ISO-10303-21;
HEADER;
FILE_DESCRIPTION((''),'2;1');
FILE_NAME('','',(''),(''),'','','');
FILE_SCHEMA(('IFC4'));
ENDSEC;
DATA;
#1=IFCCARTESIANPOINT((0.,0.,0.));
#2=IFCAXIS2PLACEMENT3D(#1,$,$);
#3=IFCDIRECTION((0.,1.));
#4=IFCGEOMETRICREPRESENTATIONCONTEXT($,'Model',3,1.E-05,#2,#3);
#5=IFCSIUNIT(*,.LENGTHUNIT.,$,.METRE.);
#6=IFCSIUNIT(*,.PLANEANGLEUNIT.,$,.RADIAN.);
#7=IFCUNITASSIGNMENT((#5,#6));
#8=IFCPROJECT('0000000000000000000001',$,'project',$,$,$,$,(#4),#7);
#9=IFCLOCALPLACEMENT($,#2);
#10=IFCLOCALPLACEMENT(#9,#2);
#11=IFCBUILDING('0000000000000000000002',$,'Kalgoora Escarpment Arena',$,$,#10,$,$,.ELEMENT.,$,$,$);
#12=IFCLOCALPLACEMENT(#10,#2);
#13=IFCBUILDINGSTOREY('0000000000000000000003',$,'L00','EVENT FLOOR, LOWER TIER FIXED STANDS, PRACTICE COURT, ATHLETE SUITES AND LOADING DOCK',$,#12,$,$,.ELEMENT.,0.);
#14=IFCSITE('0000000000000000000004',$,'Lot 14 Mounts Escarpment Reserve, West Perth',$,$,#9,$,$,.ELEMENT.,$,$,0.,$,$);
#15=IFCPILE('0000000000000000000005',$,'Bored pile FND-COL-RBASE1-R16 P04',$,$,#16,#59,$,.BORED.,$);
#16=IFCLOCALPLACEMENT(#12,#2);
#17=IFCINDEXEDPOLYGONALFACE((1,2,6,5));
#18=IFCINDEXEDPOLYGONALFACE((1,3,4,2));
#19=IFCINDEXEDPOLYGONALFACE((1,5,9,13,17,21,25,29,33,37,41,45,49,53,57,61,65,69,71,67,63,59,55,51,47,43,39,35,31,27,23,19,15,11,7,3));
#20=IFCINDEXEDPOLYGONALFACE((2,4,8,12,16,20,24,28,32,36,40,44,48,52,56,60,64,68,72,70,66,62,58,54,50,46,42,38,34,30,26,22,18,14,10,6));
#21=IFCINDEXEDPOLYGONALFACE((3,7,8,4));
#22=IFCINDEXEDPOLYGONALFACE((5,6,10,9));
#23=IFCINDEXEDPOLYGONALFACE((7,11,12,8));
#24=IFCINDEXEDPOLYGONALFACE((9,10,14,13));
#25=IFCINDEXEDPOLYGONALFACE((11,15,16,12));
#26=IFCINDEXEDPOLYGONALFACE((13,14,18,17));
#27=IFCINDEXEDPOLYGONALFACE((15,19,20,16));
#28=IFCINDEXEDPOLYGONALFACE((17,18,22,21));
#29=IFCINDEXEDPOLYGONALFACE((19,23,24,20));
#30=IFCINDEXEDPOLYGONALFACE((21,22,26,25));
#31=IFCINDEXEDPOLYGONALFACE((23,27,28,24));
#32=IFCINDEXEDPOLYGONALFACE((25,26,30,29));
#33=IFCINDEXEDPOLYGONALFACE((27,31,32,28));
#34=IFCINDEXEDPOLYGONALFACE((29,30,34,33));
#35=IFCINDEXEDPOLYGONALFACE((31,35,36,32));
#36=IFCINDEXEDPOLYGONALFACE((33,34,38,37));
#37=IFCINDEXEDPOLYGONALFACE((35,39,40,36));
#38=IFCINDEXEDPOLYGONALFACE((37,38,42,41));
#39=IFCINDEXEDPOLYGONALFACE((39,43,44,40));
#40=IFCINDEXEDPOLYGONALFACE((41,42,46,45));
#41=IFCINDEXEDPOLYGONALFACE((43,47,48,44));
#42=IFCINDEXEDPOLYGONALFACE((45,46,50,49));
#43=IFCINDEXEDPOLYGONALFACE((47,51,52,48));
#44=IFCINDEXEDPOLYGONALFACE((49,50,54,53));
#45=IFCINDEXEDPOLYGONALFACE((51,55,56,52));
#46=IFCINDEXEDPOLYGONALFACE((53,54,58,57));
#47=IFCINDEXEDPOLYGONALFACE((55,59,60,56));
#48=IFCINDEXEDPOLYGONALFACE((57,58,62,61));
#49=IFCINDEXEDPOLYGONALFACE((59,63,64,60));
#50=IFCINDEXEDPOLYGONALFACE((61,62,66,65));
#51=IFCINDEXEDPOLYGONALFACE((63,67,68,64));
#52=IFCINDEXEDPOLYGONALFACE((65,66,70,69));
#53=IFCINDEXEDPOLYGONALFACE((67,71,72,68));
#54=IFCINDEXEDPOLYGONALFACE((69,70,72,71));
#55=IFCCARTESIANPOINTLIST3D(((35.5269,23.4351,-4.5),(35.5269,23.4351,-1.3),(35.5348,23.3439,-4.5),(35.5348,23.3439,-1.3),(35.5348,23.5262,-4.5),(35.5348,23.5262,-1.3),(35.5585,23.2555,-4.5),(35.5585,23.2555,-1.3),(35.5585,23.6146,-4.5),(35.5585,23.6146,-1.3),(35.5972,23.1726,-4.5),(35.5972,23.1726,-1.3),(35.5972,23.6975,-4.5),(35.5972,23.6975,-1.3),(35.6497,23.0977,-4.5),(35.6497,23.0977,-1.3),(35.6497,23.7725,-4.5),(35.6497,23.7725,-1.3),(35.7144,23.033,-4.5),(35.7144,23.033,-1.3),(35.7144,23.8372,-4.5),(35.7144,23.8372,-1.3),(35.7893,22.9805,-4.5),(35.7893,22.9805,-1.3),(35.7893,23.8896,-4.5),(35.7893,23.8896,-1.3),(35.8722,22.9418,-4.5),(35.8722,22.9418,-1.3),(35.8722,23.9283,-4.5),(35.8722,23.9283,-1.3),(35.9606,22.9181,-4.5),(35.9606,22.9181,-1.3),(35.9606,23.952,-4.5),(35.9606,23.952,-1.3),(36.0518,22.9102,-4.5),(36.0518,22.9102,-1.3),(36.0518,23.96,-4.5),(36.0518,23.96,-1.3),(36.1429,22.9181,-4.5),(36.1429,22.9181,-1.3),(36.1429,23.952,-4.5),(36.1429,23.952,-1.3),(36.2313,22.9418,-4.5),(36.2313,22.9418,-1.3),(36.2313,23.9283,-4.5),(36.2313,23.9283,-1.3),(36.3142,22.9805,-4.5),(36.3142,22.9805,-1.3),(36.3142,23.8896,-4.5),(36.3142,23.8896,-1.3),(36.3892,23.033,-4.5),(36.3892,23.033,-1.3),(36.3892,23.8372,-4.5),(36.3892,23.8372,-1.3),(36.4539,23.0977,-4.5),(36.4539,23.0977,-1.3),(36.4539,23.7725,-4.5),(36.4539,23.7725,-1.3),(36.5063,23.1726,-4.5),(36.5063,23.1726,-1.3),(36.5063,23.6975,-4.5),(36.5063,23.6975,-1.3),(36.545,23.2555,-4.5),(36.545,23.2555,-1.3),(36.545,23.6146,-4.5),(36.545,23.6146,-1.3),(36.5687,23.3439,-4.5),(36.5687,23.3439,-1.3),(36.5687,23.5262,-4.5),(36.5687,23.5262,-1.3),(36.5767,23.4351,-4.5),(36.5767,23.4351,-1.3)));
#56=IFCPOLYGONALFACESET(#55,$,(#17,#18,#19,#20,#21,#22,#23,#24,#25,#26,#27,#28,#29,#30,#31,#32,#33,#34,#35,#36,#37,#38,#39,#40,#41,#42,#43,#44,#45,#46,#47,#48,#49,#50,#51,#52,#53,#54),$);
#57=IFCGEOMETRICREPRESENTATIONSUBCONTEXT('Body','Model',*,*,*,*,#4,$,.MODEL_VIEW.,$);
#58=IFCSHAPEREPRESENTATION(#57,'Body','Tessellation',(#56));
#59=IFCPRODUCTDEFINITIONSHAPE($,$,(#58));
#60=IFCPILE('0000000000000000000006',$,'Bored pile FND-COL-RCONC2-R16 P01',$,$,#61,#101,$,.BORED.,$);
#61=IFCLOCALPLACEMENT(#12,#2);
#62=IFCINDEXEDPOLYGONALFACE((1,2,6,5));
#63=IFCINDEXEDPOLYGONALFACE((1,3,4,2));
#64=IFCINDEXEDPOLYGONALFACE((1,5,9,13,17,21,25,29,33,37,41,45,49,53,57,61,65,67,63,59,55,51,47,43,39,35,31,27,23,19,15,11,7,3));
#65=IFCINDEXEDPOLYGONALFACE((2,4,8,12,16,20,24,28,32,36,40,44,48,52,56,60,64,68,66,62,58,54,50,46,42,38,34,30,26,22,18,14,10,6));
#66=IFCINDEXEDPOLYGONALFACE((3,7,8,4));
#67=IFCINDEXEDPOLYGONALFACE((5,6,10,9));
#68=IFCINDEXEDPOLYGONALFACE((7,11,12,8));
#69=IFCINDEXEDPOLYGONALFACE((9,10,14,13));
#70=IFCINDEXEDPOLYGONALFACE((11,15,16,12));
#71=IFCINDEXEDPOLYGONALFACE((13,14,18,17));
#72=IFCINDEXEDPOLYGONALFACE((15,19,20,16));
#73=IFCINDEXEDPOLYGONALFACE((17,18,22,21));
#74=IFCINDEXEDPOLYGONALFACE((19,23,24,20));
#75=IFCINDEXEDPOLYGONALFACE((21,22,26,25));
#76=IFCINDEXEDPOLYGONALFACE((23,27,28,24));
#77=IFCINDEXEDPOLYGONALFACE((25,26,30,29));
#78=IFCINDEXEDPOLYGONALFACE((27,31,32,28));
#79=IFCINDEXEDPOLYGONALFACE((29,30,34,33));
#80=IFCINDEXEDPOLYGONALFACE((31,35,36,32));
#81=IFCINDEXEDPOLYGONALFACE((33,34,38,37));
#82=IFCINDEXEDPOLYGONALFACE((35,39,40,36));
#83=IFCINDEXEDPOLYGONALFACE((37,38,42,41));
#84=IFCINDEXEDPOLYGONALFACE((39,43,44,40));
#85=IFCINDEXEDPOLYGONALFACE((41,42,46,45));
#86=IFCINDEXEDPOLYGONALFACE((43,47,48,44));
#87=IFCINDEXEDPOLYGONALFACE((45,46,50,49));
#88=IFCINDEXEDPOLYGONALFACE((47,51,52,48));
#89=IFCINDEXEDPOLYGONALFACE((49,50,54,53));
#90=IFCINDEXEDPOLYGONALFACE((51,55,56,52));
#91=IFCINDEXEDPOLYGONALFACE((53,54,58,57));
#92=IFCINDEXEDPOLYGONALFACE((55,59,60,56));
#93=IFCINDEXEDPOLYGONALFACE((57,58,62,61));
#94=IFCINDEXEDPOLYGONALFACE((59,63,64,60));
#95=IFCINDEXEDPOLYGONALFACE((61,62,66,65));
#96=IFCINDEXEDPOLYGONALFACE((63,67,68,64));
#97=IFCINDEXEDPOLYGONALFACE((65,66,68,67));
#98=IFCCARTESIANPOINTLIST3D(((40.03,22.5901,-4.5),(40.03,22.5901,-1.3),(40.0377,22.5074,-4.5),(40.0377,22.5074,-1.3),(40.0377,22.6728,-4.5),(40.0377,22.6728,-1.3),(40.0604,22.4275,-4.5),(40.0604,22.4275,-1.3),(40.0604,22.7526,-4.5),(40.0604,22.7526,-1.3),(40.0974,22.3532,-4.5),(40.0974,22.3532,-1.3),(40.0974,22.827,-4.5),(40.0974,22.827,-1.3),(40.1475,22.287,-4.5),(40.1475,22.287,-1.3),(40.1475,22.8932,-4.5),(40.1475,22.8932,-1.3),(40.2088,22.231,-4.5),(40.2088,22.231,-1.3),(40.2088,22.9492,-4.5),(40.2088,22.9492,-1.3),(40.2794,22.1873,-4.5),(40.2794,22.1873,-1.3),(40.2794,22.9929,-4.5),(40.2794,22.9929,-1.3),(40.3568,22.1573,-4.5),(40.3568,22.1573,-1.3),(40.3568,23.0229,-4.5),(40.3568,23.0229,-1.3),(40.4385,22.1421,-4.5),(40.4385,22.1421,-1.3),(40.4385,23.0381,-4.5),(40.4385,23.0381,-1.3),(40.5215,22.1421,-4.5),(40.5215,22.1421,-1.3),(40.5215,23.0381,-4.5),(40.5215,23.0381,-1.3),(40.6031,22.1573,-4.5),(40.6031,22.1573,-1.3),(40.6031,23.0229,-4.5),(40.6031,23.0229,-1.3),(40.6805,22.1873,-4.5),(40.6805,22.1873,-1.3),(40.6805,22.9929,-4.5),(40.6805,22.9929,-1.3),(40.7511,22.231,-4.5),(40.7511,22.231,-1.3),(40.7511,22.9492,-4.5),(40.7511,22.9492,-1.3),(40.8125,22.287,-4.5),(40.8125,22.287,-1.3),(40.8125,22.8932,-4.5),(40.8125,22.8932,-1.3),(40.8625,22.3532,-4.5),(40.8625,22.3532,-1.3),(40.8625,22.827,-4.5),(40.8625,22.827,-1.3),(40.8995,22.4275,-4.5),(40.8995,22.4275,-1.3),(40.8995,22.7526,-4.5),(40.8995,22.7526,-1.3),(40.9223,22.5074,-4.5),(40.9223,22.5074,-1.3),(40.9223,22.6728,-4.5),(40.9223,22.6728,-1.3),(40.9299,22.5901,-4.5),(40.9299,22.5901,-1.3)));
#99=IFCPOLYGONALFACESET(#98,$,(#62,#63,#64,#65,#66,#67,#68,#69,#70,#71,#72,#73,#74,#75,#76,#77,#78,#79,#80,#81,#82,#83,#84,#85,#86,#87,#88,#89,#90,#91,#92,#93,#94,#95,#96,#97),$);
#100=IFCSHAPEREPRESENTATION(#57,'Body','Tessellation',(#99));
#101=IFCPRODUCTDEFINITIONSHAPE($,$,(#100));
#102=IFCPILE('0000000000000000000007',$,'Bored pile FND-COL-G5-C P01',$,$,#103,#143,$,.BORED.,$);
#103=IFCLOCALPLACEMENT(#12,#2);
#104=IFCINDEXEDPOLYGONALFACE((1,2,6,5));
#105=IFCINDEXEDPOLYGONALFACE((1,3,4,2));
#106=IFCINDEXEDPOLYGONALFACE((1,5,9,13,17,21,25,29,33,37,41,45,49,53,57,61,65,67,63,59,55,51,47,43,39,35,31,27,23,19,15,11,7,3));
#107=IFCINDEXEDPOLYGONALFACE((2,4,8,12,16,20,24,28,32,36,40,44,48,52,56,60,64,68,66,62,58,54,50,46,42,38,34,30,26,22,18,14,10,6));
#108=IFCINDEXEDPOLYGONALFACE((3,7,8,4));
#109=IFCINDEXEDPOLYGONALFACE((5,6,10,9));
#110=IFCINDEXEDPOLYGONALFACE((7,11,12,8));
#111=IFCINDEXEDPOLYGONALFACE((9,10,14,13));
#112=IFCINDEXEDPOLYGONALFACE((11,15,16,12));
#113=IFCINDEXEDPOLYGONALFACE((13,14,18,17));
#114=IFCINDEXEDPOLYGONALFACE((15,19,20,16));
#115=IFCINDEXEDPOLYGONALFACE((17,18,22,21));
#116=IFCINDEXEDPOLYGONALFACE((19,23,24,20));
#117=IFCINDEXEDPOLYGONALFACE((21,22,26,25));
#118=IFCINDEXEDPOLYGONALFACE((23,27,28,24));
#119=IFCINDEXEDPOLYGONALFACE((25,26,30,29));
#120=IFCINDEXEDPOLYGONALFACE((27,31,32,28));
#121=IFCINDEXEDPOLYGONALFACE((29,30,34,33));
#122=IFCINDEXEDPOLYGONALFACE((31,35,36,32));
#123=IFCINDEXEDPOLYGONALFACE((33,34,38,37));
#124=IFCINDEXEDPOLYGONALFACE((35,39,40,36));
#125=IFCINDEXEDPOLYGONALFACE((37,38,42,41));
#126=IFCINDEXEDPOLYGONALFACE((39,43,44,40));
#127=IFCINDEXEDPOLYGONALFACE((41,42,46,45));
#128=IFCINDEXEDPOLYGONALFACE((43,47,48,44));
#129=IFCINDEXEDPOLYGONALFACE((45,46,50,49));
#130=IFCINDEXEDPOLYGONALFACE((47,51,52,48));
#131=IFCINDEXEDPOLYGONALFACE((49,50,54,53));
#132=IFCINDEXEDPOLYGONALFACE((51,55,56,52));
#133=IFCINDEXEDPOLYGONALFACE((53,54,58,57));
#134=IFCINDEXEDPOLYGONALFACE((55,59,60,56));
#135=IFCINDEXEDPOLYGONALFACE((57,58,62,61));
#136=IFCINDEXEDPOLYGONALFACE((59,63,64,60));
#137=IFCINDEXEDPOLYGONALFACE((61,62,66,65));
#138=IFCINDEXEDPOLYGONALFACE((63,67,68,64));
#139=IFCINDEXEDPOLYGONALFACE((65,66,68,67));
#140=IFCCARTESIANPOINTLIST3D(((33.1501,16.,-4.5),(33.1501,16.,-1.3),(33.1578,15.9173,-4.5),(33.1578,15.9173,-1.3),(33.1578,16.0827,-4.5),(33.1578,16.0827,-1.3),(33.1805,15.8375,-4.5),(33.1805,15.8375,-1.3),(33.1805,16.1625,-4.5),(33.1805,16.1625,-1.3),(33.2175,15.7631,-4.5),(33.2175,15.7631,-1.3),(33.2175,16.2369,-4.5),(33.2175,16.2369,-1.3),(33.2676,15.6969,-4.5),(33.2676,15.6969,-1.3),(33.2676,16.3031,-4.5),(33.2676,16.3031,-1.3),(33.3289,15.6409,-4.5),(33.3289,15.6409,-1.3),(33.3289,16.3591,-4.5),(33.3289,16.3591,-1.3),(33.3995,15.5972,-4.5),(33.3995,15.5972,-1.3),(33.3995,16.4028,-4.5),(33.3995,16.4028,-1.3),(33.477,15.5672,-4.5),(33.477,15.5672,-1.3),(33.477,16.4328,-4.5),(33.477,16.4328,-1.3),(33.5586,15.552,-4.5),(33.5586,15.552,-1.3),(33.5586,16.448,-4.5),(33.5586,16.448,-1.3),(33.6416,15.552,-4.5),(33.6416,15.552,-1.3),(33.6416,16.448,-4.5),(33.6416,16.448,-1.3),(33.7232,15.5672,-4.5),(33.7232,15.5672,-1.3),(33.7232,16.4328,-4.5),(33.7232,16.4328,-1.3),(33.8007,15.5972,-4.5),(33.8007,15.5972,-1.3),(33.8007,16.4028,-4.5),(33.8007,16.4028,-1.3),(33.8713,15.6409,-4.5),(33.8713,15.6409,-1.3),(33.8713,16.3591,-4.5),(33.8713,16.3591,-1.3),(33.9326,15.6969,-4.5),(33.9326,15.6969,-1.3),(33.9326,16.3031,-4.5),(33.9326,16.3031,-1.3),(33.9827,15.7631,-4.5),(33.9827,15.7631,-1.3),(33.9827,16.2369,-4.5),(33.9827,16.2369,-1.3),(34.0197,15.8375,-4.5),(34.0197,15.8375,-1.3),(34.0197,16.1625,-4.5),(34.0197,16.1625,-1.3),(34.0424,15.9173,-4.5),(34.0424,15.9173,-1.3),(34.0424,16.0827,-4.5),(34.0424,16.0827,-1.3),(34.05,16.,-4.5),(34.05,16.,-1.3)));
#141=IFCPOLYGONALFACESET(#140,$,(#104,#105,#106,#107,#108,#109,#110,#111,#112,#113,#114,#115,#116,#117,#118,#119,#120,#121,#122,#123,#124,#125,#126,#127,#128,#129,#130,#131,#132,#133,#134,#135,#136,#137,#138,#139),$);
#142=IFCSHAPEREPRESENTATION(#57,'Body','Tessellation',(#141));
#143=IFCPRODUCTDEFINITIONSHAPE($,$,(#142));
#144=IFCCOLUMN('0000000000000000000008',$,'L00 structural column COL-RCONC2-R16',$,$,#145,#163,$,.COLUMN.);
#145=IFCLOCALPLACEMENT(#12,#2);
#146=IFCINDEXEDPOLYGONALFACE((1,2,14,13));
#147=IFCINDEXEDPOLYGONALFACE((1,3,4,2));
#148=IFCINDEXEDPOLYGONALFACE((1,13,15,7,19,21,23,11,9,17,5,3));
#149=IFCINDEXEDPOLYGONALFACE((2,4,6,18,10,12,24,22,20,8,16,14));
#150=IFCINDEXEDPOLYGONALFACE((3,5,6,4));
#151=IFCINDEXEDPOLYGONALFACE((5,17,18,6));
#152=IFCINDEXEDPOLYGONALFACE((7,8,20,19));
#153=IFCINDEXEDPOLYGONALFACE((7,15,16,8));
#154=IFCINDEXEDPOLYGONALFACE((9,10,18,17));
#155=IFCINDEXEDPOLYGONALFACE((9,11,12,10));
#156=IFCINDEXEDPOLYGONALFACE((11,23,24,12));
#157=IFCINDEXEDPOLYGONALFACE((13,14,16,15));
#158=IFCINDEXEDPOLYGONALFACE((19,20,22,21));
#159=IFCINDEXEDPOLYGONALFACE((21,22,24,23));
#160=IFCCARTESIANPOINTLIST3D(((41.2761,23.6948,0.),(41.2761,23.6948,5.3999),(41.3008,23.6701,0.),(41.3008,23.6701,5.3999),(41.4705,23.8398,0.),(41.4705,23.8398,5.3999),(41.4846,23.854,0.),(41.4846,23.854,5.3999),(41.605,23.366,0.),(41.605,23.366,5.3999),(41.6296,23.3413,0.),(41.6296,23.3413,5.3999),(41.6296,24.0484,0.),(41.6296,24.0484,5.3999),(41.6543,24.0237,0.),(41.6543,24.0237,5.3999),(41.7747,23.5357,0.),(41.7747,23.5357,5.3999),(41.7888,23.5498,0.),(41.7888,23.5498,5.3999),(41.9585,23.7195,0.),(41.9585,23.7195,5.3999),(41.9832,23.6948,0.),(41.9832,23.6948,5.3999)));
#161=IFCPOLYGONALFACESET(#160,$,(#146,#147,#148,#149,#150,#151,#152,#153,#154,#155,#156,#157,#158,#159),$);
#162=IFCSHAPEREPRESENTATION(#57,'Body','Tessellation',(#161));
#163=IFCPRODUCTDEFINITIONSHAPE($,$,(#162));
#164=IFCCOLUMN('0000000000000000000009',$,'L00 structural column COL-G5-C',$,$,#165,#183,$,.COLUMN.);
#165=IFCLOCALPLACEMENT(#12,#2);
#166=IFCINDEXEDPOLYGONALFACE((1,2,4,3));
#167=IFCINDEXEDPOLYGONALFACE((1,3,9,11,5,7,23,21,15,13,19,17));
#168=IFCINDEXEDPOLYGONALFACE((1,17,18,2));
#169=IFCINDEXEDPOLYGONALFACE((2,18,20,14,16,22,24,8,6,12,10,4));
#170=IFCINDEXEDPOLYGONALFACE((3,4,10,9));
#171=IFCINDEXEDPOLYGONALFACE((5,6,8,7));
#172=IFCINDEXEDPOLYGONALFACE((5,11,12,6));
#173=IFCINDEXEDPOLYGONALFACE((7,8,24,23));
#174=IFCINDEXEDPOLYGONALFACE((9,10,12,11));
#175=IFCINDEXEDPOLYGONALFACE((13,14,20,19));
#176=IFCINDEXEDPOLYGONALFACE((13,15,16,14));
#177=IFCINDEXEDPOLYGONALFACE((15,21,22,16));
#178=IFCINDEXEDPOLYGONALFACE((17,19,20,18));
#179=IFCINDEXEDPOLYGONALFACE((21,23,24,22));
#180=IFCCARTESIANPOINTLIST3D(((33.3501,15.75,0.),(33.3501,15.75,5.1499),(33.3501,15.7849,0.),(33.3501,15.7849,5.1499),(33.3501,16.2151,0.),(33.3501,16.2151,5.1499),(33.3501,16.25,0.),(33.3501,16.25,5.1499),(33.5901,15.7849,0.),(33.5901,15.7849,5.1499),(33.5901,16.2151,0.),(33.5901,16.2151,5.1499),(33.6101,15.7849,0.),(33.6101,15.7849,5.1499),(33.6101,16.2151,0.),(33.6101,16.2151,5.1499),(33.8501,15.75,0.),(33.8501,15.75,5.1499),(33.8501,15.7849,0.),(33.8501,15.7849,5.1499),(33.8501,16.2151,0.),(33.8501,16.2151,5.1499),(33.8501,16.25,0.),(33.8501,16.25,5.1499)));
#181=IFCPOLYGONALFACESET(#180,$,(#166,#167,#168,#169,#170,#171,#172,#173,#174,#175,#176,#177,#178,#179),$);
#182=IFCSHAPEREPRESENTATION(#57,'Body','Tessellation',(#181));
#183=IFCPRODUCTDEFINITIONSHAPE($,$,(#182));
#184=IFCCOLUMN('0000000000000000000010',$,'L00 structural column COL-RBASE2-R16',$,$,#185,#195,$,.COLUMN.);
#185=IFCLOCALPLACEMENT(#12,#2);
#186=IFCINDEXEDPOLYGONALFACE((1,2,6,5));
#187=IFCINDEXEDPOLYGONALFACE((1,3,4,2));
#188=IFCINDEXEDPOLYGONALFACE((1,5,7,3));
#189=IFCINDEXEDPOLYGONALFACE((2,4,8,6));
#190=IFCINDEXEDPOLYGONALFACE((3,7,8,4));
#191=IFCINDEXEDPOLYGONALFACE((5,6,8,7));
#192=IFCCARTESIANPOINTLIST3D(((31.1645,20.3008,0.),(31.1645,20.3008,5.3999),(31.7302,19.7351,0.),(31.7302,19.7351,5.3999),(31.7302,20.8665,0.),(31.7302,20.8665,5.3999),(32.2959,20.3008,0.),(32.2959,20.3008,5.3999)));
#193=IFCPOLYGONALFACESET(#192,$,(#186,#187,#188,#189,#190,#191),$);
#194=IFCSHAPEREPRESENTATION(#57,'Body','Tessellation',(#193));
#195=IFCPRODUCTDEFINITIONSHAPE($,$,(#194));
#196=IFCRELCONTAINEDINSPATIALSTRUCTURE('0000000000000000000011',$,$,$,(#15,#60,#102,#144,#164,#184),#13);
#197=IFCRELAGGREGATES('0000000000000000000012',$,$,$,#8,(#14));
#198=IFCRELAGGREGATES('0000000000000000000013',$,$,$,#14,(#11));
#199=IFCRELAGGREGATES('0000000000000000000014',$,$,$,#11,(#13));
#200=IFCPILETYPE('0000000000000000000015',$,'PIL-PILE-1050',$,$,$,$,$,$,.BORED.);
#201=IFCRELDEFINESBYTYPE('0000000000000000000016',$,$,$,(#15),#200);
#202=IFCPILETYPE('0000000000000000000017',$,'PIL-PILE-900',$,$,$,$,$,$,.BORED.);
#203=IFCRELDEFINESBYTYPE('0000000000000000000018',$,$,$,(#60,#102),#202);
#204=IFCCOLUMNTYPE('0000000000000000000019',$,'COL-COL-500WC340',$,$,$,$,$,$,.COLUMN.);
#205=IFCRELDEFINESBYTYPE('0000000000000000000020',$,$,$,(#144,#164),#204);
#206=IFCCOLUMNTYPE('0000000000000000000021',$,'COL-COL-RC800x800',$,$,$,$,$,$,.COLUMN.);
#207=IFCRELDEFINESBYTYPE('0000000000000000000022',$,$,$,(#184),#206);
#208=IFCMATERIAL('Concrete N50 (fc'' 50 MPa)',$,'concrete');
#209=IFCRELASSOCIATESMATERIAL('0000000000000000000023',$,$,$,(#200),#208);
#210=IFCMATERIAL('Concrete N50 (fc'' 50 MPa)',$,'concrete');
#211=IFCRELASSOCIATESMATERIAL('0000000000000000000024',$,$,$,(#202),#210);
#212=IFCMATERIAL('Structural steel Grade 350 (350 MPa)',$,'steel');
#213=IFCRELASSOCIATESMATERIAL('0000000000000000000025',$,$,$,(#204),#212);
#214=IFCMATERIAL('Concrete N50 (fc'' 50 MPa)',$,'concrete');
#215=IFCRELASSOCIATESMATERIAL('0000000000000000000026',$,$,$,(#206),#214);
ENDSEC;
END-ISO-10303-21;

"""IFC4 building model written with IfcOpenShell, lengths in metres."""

from ifc_helpers import new_model, si_unit, direction, frame, origin, origin_2d, place, context, subcontext, project, spatial, rectangle, circle, i_section, extrude, material, material_profile, profile_set, type_object, element, save


model = new_model("IFC4")

# Units and contexts
model_context = context("Model", 3, precision=1e-05, world=origin(), true_north=direction((0.0, 1.0)))
body_context = subcontext(model_context, "Body", "Model", "MODEL_VIEW")
ifc_project = project(units=[si_unit("LENGTHUNIT", "METRE"), si_unit("PLANEANGLEUNIT", "RADIAN")], contexts=[model_context])

# Site, building, storey
site_placement = place(None, origin())
site = spatial("IfcSite", under=ifc_project, at=site_placement, Name="Lot 14 Mounts Escarpment Reserve, West Perth", CompositionType="ELEMENT", RefElevation=0.0)
building_placement = place(site_placement, origin())
building = spatial("IfcBuilding", under=site, at=building_placement, Name="Kalgoora Escarpment Arena", CompositionType="ELEMENT")
storey_placement = place(building_placement, origin())
storey = spatial("IfcBuildingStorey", under=building, at=storey_placement, Name="L00", Description="EVENT FLOOR, LOWER TIER FIXED STANDS, PRACTICE COURT, ATHLETE SUITES AND LOADING DOCK", CompositionType="ELEMENT", Elevation=0.0)

# Piles
ifc_material_1 = material(Name="Concrete N50 (fc' 50 MPa)", Category="concrete")
ifc_material_profile_1 = material_profile(ifc_material_1, circle(Radius=0.5249, at=origin_2d()))
ifc_profile_set_1 = profile_set([ifc_material_profile_1], Name="Concrete N50 (fc' 50 MPa)")
pile_type_1 = type_object("IfcPileType", Name="PIL-PILE-1050", PredefinedType="BORED", material=ifc_profile_set_1)
for number, where, z_axis, x_axis, name in (
    (1, (36.0518, 23.4351, -1.3), (0.0, 0.0, -1.0), (1.0, 0.0, 0.0), "Bored pile FND-COL-RBASE1-R16 P04"),
):
    element("IfcPile", number, at=place(storey_placement, frame(where, z_axis=z_axis, x_axis=x_axis)), inside=storey, type_object=pile_type_1, Name=name, PredefinedType="BORED", context=body_context, shape_type="SweptSolid", body=[
        extrude(circle(Radius=0.5249, at=origin_2d()), origin(), (0.0, 0.0, 1.0), 3.2),
    ])
ifc_material_2 = material(Name="Concrete N50 (fc' 50 MPa)", Category="concrete")
ifc_material_profile_2 = material_profile(ifc_material_2, circle(Radius=0.45, at=origin_2d()))
ifc_profile_set_2 = profile_set([ifc_material_profile_2], Name="Concrete N50 (fc' 50 MPa)")
pile_type_2 = type_object("IfcPileType", Name="PIL-PILE-900", PredefinedType="BORED", material=ifc_profile_set_2)
for number, where, z_axis, x_axis, name in (
    (2, (40.48, 22.5901, -1.3), (0.0, 0.0, -1.0), (1.0, 0.0, 0.0), "Bored pile FND-COL-RCONC2-R16 P01"),
    (3, (33.6001, 16.0, -1.3), (0.0, 0.0, -1.0), (1.0, 0.0, 0.0), "Bored pile FND-COL-G5-C P01"),
):
    element("IfcPile", number, at=place(storey_placement, frame(where, z_axis=z_axis, x_axis=x_axis)), inside=storey, type_object=pile_type_2, Name=name, PredefinedType="BORED", context=body_context, shape_type="SweptSolid", body=[
        extrude(circle(Radius=0.45, at=origin_2d()), origin(), (0.0, 0.0, 1.0), 3.2),
    ])

# Columns
ifc_material_3 = material(Name="Structural steel Grade 350 (350 MPa)", Category="steel")
ifc_material_profile_3 = material_profile(ifc_material_3, i_section(OverallWidth=0.5, OverallDepth=0.5, WebThickness=0.02, FlangeThickness=0.0349, at=origin_2d()))
ifc_profile_set_3 = profile_set([ifc_material_profile_3], Name="Structural steel Grade 350 (350 MPa)")
column_type_1 = type_object("IfcColumnType", Name="COL-COL-500WC340", PredefinedType="COLUMN", material=ifc_profile_set_3)
column_1_placement = place(storey_placement, frame((41.6296, 23.6948, 0.0), z_axis=(0.0, 0.0, 1.0), x_axis=(-0.707107, -0.707107, 0.0)))
element("IfcColumn", 4, at=column_1_placement, inside=storey, type_object=column_type_1, Name="L00 structural column COL-RCONC2-R16", PredefinedType="COLUMN", context=body_context, shape_type="SweptSolid", body=[
    extrude(i_section(OverallWidth=0.5, OverallDepth=0.5, WebThickness=0.02, FlangeThickness=0.0349, at=origin_2d()), origin(), (0.0, 0.0, 1.0), 5.3999),
])
column_2_placement = place(storey_placement, frame((33.6001, 16.0, 0.0), z_axis=(0.0, 0.0, 1.0), x_axis=(1.0, 0.0, 0.0)))
element("IfcColumn", 5, at=column_2_placement, inside=storey, type_object=column_type_1, Name="L00 structural column COL-G5-C", PredefinedType="COLUMN", context=body_context, shape_type="SweptSolid", body=[
    extrude(i_section(OverallWidth=0.5, OverallDepth=0.5, WebThickness=0.02, FlangeThickness=0.0349, at=origin_2d()), origin(), (0.0, 0.0, 1.0), 5.1499),
])
ifc_material_4 = material(Name="Concrete N50 (fc' 50 MPa)", Category="concrete")
ifc_material_profile_4 = material_profile(ifc_material_4, rectangle(XDim=0.8, YDim=0.8, at=origin_2d()))
ifc_profile_set_4 = profile_set([ifc_material_profile_4], Name="Concrete N50 (fc' 50 MPa)")
column_type_2 = type_object("IfcColumnType", Name="COL-COL-RC800x800", PredefinedType="COLUMN", material=ifc_profile_set_4)
column_3_placement = place(storey_placement, frame((31.7302, 20.3008, 0.0), z_axis=(0.0, 0.0, 1.0), x_axis=(-0.707107, -0.707107, 0.0)))
element("IfcColumn", 6, at=column_3_placement, inside=storey, type_object=column_type_2, Name="L00 structural column COL-RBASE2-R16", PredefinedType="COLUMN", context=body_context, shape_type="SweptSolid", body=[
    extrude(rectangle(XDim=0.8, YDim=0.8, at=origin_2d()), origin(), (0.0, 0.0, 1.0), 5.3999),
])

save(model, "model.ifc")
